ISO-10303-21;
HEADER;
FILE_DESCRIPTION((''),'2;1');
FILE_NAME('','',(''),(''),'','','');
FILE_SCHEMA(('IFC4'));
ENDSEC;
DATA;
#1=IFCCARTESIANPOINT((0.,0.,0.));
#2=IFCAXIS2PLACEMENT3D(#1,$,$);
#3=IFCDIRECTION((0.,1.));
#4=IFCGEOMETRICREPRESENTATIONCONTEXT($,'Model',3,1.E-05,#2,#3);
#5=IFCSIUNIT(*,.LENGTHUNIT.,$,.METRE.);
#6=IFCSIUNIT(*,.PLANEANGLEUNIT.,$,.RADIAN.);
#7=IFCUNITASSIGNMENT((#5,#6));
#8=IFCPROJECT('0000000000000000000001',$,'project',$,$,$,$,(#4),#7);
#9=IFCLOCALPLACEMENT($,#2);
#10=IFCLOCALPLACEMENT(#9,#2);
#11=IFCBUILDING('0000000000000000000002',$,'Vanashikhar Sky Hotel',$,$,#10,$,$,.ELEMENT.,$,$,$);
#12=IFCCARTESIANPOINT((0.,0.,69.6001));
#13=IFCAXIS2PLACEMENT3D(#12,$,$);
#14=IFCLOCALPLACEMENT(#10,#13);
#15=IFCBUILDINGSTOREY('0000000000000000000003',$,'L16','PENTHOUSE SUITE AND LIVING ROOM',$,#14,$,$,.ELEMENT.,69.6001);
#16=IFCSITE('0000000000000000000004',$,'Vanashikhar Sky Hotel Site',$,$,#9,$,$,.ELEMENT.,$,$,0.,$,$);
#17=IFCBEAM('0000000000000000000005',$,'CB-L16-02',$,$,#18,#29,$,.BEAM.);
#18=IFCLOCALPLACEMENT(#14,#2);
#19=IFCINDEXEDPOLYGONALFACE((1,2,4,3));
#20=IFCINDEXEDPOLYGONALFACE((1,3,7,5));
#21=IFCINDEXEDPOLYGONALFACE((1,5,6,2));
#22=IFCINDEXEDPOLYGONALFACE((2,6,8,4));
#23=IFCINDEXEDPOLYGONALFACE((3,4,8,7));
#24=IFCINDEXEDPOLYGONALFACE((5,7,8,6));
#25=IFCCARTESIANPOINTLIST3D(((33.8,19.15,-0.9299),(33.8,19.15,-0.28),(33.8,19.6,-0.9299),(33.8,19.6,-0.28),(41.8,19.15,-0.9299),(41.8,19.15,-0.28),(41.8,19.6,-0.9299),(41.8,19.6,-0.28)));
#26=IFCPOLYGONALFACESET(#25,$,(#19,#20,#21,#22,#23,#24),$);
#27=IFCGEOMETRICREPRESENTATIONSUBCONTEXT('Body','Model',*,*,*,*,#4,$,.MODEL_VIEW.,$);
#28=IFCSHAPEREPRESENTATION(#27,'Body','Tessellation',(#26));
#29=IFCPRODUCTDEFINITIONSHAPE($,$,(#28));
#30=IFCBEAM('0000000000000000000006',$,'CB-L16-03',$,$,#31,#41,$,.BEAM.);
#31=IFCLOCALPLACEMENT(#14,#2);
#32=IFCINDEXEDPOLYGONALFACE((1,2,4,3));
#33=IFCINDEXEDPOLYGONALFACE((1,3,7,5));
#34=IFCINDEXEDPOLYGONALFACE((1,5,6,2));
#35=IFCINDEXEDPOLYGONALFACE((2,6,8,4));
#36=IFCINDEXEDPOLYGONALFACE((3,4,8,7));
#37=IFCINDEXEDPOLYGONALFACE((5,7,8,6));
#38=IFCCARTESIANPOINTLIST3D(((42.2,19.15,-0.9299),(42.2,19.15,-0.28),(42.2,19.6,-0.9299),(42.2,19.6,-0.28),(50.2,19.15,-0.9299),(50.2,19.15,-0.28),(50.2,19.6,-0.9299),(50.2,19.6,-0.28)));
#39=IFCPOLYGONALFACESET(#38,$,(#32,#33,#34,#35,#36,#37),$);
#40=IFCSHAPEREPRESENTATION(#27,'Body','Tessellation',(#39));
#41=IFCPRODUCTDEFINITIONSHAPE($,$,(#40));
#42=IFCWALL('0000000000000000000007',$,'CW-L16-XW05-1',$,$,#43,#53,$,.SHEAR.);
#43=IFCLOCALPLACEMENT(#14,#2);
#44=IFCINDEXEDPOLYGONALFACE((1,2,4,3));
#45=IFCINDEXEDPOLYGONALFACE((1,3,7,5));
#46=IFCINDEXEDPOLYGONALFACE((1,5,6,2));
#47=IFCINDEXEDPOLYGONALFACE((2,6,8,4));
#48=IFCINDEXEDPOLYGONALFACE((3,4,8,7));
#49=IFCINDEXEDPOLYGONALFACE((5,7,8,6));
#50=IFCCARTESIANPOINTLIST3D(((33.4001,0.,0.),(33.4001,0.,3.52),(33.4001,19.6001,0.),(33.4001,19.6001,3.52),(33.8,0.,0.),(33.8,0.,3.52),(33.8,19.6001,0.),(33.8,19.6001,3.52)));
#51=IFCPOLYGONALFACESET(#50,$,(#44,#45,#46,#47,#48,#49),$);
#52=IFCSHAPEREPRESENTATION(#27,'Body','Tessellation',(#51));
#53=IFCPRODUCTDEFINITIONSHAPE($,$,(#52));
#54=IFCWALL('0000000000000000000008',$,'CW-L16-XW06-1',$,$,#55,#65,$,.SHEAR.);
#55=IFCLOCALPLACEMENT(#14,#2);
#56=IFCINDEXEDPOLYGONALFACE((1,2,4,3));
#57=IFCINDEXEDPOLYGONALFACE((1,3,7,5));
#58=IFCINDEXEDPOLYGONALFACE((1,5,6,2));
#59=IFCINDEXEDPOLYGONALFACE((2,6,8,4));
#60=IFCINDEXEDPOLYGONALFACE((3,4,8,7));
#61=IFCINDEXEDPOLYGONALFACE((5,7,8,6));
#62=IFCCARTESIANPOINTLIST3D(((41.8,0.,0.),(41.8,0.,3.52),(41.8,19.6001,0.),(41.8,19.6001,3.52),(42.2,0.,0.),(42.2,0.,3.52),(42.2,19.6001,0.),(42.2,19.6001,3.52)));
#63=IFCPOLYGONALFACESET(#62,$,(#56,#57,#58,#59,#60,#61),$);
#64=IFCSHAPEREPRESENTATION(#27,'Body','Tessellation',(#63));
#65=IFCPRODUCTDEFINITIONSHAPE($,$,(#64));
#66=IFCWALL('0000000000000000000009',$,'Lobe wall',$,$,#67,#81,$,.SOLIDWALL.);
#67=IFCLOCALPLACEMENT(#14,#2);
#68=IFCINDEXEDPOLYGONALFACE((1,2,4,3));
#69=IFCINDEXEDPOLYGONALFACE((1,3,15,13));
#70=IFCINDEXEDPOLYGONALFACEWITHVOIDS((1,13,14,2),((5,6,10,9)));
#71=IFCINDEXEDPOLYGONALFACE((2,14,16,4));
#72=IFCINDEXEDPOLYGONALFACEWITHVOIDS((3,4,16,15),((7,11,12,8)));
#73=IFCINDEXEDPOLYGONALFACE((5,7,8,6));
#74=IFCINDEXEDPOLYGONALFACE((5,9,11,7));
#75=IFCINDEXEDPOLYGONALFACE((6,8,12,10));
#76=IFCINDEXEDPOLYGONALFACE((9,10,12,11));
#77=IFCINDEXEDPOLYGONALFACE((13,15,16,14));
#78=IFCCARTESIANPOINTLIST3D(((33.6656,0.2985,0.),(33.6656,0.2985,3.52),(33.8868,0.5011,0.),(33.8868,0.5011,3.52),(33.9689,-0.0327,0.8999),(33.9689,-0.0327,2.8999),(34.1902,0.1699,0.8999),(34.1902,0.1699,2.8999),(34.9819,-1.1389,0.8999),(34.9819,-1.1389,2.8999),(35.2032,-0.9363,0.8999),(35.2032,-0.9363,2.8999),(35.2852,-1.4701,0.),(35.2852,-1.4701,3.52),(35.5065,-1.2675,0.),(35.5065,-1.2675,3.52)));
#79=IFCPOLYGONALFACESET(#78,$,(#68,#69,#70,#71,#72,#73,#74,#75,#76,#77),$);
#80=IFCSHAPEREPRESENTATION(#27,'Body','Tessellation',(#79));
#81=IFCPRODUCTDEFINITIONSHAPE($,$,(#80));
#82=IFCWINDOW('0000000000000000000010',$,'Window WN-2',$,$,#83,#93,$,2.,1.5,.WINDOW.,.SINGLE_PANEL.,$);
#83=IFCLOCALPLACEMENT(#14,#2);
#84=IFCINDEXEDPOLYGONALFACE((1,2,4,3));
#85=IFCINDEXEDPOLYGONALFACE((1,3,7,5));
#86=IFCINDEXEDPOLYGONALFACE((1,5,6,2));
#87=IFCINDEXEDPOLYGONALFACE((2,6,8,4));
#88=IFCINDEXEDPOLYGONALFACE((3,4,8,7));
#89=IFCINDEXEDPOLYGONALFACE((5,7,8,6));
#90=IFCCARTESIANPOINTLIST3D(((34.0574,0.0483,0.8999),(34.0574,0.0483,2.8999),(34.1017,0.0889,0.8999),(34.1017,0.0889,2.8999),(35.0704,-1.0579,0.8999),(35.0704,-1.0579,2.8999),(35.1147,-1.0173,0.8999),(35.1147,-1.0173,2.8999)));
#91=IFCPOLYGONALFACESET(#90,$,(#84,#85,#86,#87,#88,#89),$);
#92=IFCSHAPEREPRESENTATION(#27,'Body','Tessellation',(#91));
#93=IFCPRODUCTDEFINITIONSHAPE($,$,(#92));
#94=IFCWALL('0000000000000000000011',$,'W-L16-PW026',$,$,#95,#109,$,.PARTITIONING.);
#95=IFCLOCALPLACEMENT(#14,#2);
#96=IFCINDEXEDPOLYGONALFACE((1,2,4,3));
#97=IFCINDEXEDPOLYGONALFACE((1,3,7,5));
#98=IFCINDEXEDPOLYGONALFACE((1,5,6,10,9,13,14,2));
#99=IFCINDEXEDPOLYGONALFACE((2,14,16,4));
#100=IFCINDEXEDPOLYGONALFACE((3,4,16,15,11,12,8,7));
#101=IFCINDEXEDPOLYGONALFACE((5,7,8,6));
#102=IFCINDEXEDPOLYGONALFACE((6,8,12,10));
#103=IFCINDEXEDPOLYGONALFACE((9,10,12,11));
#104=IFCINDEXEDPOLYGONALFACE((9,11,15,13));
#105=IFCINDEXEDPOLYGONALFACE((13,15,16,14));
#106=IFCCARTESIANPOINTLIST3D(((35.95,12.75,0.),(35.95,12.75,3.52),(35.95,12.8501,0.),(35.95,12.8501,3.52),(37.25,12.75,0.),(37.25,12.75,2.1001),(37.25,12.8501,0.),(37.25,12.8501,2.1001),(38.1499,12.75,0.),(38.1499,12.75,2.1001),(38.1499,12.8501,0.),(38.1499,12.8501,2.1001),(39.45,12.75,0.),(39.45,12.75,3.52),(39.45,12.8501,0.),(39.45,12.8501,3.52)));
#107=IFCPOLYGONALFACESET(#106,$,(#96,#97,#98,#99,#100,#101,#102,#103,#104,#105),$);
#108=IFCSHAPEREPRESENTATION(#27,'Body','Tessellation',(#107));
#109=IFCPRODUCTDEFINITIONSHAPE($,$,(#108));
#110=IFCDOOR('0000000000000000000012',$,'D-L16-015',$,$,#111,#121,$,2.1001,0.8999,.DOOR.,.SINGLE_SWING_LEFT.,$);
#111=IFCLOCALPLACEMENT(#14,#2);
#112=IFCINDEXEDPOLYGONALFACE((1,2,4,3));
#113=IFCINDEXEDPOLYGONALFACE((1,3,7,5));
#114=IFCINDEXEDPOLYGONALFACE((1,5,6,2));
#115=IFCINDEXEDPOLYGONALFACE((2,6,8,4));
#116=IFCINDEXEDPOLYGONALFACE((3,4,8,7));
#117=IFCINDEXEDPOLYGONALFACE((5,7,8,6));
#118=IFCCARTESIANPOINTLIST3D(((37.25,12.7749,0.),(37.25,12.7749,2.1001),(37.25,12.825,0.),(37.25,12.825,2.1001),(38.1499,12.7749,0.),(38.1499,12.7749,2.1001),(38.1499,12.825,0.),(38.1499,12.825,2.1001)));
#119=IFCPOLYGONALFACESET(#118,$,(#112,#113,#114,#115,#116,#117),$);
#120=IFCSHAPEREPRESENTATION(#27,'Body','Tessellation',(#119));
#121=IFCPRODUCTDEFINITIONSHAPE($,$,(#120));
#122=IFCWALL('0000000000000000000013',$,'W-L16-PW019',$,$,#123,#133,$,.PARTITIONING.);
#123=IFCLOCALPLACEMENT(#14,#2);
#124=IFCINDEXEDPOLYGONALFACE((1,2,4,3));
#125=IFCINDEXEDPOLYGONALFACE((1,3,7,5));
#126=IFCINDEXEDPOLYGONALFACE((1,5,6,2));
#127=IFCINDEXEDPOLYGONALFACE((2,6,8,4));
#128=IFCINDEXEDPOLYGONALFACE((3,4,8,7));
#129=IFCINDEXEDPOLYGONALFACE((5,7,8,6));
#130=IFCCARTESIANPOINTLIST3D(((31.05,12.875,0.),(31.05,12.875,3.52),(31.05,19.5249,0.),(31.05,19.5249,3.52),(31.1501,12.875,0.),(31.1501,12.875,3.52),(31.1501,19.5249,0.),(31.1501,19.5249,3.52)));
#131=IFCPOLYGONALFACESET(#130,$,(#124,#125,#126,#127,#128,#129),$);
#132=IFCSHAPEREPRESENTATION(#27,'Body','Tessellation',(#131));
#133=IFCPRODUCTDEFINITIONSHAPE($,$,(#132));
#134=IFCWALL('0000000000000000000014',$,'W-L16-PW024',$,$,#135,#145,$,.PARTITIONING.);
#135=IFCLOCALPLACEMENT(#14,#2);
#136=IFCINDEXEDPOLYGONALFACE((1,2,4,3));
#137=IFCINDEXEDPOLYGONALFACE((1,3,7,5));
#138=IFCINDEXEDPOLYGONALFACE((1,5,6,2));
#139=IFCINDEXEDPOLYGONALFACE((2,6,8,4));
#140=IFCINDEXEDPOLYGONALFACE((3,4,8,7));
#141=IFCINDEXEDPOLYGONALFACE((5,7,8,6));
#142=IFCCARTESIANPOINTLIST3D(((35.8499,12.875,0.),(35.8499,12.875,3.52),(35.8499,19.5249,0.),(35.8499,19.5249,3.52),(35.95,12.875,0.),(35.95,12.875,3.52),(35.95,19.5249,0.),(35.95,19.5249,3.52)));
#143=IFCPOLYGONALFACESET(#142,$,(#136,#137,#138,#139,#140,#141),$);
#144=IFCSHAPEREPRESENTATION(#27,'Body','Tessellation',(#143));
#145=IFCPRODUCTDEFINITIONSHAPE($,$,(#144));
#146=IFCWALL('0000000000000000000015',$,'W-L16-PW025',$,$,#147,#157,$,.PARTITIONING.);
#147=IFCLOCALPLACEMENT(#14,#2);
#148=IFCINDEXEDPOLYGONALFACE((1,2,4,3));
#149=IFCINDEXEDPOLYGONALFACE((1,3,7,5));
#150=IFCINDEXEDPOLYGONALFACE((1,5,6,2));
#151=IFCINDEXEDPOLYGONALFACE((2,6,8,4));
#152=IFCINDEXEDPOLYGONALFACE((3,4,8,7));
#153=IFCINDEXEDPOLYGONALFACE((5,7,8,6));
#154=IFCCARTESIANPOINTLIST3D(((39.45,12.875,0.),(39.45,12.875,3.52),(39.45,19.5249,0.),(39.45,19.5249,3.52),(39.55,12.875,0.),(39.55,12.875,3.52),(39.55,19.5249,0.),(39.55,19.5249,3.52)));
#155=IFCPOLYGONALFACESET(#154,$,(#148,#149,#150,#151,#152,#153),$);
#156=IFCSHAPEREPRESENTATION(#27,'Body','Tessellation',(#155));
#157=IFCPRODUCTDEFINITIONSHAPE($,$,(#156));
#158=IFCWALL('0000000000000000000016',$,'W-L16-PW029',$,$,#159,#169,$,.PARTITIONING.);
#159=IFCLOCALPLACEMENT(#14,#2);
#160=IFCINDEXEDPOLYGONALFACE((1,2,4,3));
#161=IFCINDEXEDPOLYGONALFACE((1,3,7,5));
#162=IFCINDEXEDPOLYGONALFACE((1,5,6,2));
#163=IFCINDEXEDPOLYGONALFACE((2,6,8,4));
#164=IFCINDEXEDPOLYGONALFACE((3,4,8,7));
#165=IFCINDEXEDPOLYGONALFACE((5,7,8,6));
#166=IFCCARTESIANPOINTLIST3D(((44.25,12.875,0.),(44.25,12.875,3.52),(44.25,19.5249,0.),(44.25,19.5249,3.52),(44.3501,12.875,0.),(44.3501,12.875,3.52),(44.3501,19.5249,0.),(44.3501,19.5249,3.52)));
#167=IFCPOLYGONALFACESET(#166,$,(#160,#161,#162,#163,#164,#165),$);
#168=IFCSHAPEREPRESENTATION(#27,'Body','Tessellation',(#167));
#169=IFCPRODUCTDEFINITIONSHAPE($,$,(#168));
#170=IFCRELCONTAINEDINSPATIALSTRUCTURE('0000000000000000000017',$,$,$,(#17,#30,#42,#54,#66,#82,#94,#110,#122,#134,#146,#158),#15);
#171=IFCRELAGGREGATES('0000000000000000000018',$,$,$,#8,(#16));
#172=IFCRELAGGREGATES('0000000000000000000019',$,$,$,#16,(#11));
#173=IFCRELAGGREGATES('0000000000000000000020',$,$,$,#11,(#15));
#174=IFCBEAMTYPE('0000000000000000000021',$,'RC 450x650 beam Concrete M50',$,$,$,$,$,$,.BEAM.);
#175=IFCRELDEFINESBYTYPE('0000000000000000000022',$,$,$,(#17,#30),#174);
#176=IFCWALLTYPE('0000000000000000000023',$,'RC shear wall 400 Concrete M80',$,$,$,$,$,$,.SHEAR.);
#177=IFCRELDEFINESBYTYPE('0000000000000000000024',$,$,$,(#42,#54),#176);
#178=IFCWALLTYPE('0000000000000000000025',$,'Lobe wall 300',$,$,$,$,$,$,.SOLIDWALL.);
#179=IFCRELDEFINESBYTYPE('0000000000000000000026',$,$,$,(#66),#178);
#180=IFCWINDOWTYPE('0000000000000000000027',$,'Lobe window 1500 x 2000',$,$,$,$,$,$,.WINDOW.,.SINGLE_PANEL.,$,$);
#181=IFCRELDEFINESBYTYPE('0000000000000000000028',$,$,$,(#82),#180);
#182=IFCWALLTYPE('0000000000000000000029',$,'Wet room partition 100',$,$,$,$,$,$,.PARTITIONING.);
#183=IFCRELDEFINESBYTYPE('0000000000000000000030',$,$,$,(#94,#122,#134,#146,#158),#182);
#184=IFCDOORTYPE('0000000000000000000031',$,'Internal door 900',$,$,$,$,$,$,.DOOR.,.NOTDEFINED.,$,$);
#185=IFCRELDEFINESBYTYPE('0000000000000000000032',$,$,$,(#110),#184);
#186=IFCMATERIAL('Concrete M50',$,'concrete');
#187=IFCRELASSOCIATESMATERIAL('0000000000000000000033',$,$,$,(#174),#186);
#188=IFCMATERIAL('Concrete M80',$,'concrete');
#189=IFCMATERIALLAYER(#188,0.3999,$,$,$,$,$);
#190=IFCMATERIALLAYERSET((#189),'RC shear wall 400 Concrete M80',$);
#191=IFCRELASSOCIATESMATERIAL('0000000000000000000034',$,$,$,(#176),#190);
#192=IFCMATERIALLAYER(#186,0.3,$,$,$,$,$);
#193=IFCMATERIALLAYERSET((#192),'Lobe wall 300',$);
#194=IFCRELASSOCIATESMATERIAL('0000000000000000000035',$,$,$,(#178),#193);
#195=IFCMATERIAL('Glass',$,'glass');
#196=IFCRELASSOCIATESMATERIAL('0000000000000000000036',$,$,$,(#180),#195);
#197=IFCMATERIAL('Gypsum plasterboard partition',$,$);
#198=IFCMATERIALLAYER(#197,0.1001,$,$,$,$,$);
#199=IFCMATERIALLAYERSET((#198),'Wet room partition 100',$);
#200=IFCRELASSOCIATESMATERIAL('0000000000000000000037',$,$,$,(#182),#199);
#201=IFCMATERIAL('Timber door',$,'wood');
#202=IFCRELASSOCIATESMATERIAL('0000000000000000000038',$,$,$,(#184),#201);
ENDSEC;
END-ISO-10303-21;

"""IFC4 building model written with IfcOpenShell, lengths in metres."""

from ifc_helpers import new_model, si_unit, direction, frame, frame_2d, origin, origin_2d, place, context, subcontext, project, spatial, rectangle, extrude, source, transform, mapped, material, layer, layer_set, material_profile, profile_set, type_object, element, fill, save


model = new_model("IFC4")

# Units and contexts
model_context = context("Model", 3, precision=1e-05, world=origin(), true_north=direction((0.0, 1.0)))
body_context = subcontext(model_context, "Body", "Model", "MODEL_VIEW")
ifc_project = project(units=[si_unit("LENGTHUNIT", "METRE"), si_unit("PLANEANGLEUNIT", "RADIAN")], contexts=[model_context])

# Site, building, storey
site_placement = place(None, origin())
site = spatial("IfcSite", under=ifc_project, at=site_placement, Name="Vanashikhar Sky Hotel Site", CompositionType="ELEMENT", RefElevation=0.0)
building_placement = place(site_placement, origin())
building = spatial("IfcBuilding", under=site, at=building_placement, Name="Vanashikhar Sky Hotel", CompositionType="ELEMENT")
storey_placement = place(building_placement, frame((0.0, 0.0, 69.6001)))
storey = spatial("IfcBuildingStorey", under=building, at=storey_placement, Name="L16", Description="PENTHOUSE SUITE AND LIVING ROOM", CompositionType="ELEMENT", Elevation=69.6001)

# Beams
ifc_material_1 = material(Name="Concrete M50", Category="concrete")
ifc_material_profile = material_profile(ifc_material_1, rectangle(XDim=0.45, YDim=0.6499, at=origin_2d()))
ifc_profile_set = profile_set([ifc_material_profile], Name="RC 450x650 beam Concrete M50")
beam_type = type_object("IfcBeamType", Name="RC 450x650 beam Concrete M50", PredefinedType="BEAM", material=ifc_profile_set)
shared_shape_1 = source(origin(), body_context, "Body", "SweptSolid", [
    extrude(rectangle(XDim=0.45, YDim=0.6499, at=origin_2d()), origin(), (0.0, 0.0, 1.0), 8.0),
])
for number, where, z_axis, x_axis, name in (
    (1, (33.8, 19.375, -0.605), (1.0, 0.0, 0.0), (0.0, 1.0, 0.0), "CB-L16-02"),
    (2, (42.2, 19.375, -0.605), (1.0, 0.0, 0.0), (0.0, 1.0, 0.0), "CB-L16-03"),
):
    element("IfcBeam", number, at=place(storey_placement, frame(where, z_axis=z_axis, x_axis=x_axis)), inside=storey, type_object=beam_type, Name=name, PredefinedType="BEAM", context=body_context, shape_type="MappedRepresentation", body=[
        mapped(shared_shape_1, transform((0.0, 0.0, 0.0), scale=1.0)),
    ])

# Walls
ifc_material_2 = material(Name="Concrete M80", Category="concrete")
ifc_layer_1 = layer(ifc_material_2, 0.3999)
ifc_layer_set_1 = layer_set([ifc_layer_1], Name="RC shear wall 400 Concrete M80")
wall_type_1 = type_object("IfcWallType", Name="RC shear wall 400 Concrete M80", PredefinedType="SHEAR", material=ifc_layer_set_1)
shared_shape_2 = source(origin(), body_context, "Body", "SweptSolid", [
    extrude(rectangle(XDim=19.6001, YDim=0.3999, at=frame_2d((9.8, 0.0))), origin(), (0.0, 0.0, 1.0), 3.52),
])
for number, where, z_axis, x_axis, name in (
    (3, (33.6001, 0.0, 0.0), (0.0, 0.0, 1.0), (0.0, 1.0, 0.0), "CW-L16-XW05-1"),
    (4, (42.0, 0.0, 0.0), (0.0, 0.0, 1.0), (0.0, 1.0, 0.0), "CW-L16-XW06-1"),
):
    element("IfcWall", number, at=place(storey_placement, frame(where, z_axis=z_axis, x_axis=x_axis)), inside=storey, type_object=wall_type_1, Name=name, PredefinedType="SHEAR", context=body_context, shape_type="MappedRepresentation", body=[
        mapped(shared_shape_2, transform((0.0, 0.0, 0.0), scale=1.0)),
    ])

# Wall, opening, window
ifc_layer_2 = layer(ifc_material_1, 0.3)
ifc_layer_set_2 = layer_set([ifc_layer_2], Name="Lobe wall 300")
wall_type_2 = type_object("IfcWallType", Name="Lobe wall 300", PredefinedType="SOLIDWALL", material=ifc_layer_set_2)
shared_shape_3 = source(origin(), body_context, "Body", "SweptSolid", [
    extrude(rectangle(XDim=2.3982, YDim=0.3, at=frame_2d((1.1992, 0.0))), origin(), (0.0, 0.0, 1.0), 3.52),
])
wall_1_placement = place(storey_placement, frame((33.7761, 0.3999, 0.0), z_axis=(0.0, 0.0, 1.0), x_axis=(0.675374, -0.737475, 0.0)))
wall_1 = element("IfcWall", 5, at=wall_1_placement, inside=storey, type_object=wall_type_2, Name="Lobe wall", PredefinedType="SOLIDWALL", context=body_context, shape_type="MappedRepresentation", body=[
    mapped(shared_shape_3, transform((0.0, 0.0, 0.0), scale=1.0)),
])
shared_shape_4 = source(origin(), body_context, "Body", "SweptSolid", [
    extrude(rectangle(XDim=1.5, YDim=2.0, at=frame_2d((0.75, 1.0))), frame((0.0, 0.1602, 0.0), z_axis=(0.0, -1.0, 0.0), x_axis=(1.0, 0.0, 0.0)), (0.0, 0.0, 1.0), 0.3201),
])
opening_1_placement = place(wall_1_placement, frame((0.4492, 0.0, 0.8999)))
opening_1 = element("IfcOpeningElement", 6, at=opening_1_placement, cuts=wall_1, PredefinedType="OPENING", context=body_context, shape_type="MappedRepresentation", body=[
    mapped(shared_shape_4, transform((0.0, 0.0, 0.0), scale=1.0)),
])
ifc_material_3 = material(Name="Glass", Category="glass")
window_type_1 = type_object("IfcWindowType", Name="Lobe window 1500 x 2000", PartitioningType="SINGLE_PANEL", PredefinedType="WINDOW", material=ifc_material_3)
shared_shape_5 = source(origin(), body_context, "Body", "SweptSolid", [
    extrude(rectangle(XDim=1.5, YDim=2.0, at=frame_2d((0.75, 1.0))), frame((0.0, 0.03, 0.0), z_axis=(0.0, -1.0, 0.0), x_axis=(1.0, 0.0, 0.0)), (0.0, 0.0, 1.0), 0.0601),
])
window_1_placement = place(opening_1_placement, origin())
window_1 = element("IfcWindow", 7, at=window_1_placement, inside=storey, type_object=window_type_1, Name="Window WN-2", OverallHeight=2.0, OverallWidth=1.5, PartitioningType="SINGLE_PANEL", PredefinedType="WINDOW", context=body_context, shape_type="MappedRepresentation", body=[
    mapped(shared_shape_5, transform((0.0, 0.0, 0.0), scale=1.0)),
])
fill(opening_1, window_1)

# Wall, opening, door
ifc_material_4 = material(Name="Gypsum plasterboard partition")
ifc_layer_3 = layer(ifc_material_4, 0.1001)
ifc_layer_set_3 = layer_set([ifc_layer_3], Name="Wet room partition 100")
wall_type_3 = type_object("IfcWallType", Name="Wet room partition 100", PredefinedType="PARTITIONING", material=ifc_layer_set_3)
shared_shape_6 = source(origin(), body_context, "Body", "SweptSolid", [
    extrude(rectangle(XDim=3.5, YDim=0.1001, at=frame_2d((1.75, 0.0))), origin(), (0.0, 0.0, 1.0), 3.52),
])
wall_2_placement = place(storey_placement, frame((35.95, 12.8, 0.0), z_axis=(0.0, 0.0, 1.0), x_axis=(1.0, 0.0, 0.0)))
wall_2 = element("IfcWall", 8, at=wall_2_placement, inside=storey, type_object=wall_type_3, Name="W-L16-PW026", PredefinedType="PARTITIONING", context=body_context, shape_type="MappedRepresentation", body=[
    mapped(shared_shape_6, transform((0.0, 0.0, 0.0), scale=1.0)),
])
shared_shape_7 = source(origin(), body_context, "Body", "SweptSolid", [
    extrude(rectangle(XDim=0.8999, YDim=2.1001, at=frame_2d((0.45, 1.05))), frame((0.0, 0.0601, 0.0), z_axis=(0.0, -1.0, 0.0), x_axis=(1.0, 0.0, 0.0)), (0.0, 0.0, 1.0), 0.1201),
])
opening_2_placement = place(wall_2_placement, frame((1.3, 0.0, 0.0)))
opening_2 = element("IfcOpeningElement", 9, at=opening_2_placement, cuts=wall_2, PredefinedType="OPENING", context=body_context, shape_type="MappedRepresentation", body=[
    mapped(shared_shape_7, transform((0.0, 0.0, 0.0), scale=1.0)),
])
ifc_material_5 = material(Name="Timber door", Category="wood")
door_type_1 = type_object("IfcDoorType", Name="Internal door 900", OperationType="NOTDEFINED", PredefinedType="DOOR", material=ifc_material_5)
shared_shape_8 = source(origin(), body_context, "Body", "SweptSolid", [
    extrude(rectangle(XDim=0.8999, YDim=2.1001, at=frame_2d((0.45, 1.05))), frame((0.0, 0.0249, 0.0), z_axis=(0.0, -1.0, 0.0), x_axis=(1.0, 0.0, 0.0)), (0.0, 0.0, 1.0), 0.05),
])
door_1_placement = place(opening_2_placement, origin())
door_1 = element("IfcDoor", 10, at=door_1_placement, inside=storey, type_object=door_type_1, Name="D-L16-015", OperationType="SINGLE_SWING_LEFT", OverallHeight=2.1001, OverallWidth=0.8999, PredefinedType="DOOR", context=body_context, shape_type="MappedRepresentation", body=[
    mapped(shared_shape_8, transform((0.0, 0.0, 0.0), scale=1.0)),
])
fill(opening_2, door_1)

# Walls
shared_shape_9 = source(origin(), body_context, "Body", "SweptSolid", [
    extrude(rectangle(XDim=6.6499, YDim=0.1001, at=frame_2d((3.325, 0.0))), origin(), (0.0, 0.0, 1.0), 3.52),
])
for number, where, z_axis, x_axis, name in (
    (11, (31.1001, 12.875, 0.0), (0.0, 0.0, 1.0), (0.0, 1.0, 0.0), "W-L16-PW019"),
    (12, (35.8999, 12.875, 0.0), (0.0, 0.0, 1.0), (0.0, 1.0, 0.0), "W-L16-PW024"),
    (13, (39.5, 12.875, 0.0), (0.0, 0.0, 1.0), (0.0, 1.0, 0.0), "W-L16-PW025"),
    (14, (44.3, 12.875, 0.0), (0.0, 0.0, 1.0), (0.0, 1.0, 0.0), "W-L16-PW029"),
):
    element("IfcWall", number, at=place(storey_placement, frame(where, z_axis=z_axis, x_axis=x_axis)), inside=storey, type_object=wall_type_3, Name=name, PredefinedType="PARTITIONING", context=body_context, shape_type="MappedRepresentation", body=[
        mapped(shared_shape_9, transform((0.0, 0.0, 0.0), scale=1.0)),
    ])

save(model, "model.ifc")
